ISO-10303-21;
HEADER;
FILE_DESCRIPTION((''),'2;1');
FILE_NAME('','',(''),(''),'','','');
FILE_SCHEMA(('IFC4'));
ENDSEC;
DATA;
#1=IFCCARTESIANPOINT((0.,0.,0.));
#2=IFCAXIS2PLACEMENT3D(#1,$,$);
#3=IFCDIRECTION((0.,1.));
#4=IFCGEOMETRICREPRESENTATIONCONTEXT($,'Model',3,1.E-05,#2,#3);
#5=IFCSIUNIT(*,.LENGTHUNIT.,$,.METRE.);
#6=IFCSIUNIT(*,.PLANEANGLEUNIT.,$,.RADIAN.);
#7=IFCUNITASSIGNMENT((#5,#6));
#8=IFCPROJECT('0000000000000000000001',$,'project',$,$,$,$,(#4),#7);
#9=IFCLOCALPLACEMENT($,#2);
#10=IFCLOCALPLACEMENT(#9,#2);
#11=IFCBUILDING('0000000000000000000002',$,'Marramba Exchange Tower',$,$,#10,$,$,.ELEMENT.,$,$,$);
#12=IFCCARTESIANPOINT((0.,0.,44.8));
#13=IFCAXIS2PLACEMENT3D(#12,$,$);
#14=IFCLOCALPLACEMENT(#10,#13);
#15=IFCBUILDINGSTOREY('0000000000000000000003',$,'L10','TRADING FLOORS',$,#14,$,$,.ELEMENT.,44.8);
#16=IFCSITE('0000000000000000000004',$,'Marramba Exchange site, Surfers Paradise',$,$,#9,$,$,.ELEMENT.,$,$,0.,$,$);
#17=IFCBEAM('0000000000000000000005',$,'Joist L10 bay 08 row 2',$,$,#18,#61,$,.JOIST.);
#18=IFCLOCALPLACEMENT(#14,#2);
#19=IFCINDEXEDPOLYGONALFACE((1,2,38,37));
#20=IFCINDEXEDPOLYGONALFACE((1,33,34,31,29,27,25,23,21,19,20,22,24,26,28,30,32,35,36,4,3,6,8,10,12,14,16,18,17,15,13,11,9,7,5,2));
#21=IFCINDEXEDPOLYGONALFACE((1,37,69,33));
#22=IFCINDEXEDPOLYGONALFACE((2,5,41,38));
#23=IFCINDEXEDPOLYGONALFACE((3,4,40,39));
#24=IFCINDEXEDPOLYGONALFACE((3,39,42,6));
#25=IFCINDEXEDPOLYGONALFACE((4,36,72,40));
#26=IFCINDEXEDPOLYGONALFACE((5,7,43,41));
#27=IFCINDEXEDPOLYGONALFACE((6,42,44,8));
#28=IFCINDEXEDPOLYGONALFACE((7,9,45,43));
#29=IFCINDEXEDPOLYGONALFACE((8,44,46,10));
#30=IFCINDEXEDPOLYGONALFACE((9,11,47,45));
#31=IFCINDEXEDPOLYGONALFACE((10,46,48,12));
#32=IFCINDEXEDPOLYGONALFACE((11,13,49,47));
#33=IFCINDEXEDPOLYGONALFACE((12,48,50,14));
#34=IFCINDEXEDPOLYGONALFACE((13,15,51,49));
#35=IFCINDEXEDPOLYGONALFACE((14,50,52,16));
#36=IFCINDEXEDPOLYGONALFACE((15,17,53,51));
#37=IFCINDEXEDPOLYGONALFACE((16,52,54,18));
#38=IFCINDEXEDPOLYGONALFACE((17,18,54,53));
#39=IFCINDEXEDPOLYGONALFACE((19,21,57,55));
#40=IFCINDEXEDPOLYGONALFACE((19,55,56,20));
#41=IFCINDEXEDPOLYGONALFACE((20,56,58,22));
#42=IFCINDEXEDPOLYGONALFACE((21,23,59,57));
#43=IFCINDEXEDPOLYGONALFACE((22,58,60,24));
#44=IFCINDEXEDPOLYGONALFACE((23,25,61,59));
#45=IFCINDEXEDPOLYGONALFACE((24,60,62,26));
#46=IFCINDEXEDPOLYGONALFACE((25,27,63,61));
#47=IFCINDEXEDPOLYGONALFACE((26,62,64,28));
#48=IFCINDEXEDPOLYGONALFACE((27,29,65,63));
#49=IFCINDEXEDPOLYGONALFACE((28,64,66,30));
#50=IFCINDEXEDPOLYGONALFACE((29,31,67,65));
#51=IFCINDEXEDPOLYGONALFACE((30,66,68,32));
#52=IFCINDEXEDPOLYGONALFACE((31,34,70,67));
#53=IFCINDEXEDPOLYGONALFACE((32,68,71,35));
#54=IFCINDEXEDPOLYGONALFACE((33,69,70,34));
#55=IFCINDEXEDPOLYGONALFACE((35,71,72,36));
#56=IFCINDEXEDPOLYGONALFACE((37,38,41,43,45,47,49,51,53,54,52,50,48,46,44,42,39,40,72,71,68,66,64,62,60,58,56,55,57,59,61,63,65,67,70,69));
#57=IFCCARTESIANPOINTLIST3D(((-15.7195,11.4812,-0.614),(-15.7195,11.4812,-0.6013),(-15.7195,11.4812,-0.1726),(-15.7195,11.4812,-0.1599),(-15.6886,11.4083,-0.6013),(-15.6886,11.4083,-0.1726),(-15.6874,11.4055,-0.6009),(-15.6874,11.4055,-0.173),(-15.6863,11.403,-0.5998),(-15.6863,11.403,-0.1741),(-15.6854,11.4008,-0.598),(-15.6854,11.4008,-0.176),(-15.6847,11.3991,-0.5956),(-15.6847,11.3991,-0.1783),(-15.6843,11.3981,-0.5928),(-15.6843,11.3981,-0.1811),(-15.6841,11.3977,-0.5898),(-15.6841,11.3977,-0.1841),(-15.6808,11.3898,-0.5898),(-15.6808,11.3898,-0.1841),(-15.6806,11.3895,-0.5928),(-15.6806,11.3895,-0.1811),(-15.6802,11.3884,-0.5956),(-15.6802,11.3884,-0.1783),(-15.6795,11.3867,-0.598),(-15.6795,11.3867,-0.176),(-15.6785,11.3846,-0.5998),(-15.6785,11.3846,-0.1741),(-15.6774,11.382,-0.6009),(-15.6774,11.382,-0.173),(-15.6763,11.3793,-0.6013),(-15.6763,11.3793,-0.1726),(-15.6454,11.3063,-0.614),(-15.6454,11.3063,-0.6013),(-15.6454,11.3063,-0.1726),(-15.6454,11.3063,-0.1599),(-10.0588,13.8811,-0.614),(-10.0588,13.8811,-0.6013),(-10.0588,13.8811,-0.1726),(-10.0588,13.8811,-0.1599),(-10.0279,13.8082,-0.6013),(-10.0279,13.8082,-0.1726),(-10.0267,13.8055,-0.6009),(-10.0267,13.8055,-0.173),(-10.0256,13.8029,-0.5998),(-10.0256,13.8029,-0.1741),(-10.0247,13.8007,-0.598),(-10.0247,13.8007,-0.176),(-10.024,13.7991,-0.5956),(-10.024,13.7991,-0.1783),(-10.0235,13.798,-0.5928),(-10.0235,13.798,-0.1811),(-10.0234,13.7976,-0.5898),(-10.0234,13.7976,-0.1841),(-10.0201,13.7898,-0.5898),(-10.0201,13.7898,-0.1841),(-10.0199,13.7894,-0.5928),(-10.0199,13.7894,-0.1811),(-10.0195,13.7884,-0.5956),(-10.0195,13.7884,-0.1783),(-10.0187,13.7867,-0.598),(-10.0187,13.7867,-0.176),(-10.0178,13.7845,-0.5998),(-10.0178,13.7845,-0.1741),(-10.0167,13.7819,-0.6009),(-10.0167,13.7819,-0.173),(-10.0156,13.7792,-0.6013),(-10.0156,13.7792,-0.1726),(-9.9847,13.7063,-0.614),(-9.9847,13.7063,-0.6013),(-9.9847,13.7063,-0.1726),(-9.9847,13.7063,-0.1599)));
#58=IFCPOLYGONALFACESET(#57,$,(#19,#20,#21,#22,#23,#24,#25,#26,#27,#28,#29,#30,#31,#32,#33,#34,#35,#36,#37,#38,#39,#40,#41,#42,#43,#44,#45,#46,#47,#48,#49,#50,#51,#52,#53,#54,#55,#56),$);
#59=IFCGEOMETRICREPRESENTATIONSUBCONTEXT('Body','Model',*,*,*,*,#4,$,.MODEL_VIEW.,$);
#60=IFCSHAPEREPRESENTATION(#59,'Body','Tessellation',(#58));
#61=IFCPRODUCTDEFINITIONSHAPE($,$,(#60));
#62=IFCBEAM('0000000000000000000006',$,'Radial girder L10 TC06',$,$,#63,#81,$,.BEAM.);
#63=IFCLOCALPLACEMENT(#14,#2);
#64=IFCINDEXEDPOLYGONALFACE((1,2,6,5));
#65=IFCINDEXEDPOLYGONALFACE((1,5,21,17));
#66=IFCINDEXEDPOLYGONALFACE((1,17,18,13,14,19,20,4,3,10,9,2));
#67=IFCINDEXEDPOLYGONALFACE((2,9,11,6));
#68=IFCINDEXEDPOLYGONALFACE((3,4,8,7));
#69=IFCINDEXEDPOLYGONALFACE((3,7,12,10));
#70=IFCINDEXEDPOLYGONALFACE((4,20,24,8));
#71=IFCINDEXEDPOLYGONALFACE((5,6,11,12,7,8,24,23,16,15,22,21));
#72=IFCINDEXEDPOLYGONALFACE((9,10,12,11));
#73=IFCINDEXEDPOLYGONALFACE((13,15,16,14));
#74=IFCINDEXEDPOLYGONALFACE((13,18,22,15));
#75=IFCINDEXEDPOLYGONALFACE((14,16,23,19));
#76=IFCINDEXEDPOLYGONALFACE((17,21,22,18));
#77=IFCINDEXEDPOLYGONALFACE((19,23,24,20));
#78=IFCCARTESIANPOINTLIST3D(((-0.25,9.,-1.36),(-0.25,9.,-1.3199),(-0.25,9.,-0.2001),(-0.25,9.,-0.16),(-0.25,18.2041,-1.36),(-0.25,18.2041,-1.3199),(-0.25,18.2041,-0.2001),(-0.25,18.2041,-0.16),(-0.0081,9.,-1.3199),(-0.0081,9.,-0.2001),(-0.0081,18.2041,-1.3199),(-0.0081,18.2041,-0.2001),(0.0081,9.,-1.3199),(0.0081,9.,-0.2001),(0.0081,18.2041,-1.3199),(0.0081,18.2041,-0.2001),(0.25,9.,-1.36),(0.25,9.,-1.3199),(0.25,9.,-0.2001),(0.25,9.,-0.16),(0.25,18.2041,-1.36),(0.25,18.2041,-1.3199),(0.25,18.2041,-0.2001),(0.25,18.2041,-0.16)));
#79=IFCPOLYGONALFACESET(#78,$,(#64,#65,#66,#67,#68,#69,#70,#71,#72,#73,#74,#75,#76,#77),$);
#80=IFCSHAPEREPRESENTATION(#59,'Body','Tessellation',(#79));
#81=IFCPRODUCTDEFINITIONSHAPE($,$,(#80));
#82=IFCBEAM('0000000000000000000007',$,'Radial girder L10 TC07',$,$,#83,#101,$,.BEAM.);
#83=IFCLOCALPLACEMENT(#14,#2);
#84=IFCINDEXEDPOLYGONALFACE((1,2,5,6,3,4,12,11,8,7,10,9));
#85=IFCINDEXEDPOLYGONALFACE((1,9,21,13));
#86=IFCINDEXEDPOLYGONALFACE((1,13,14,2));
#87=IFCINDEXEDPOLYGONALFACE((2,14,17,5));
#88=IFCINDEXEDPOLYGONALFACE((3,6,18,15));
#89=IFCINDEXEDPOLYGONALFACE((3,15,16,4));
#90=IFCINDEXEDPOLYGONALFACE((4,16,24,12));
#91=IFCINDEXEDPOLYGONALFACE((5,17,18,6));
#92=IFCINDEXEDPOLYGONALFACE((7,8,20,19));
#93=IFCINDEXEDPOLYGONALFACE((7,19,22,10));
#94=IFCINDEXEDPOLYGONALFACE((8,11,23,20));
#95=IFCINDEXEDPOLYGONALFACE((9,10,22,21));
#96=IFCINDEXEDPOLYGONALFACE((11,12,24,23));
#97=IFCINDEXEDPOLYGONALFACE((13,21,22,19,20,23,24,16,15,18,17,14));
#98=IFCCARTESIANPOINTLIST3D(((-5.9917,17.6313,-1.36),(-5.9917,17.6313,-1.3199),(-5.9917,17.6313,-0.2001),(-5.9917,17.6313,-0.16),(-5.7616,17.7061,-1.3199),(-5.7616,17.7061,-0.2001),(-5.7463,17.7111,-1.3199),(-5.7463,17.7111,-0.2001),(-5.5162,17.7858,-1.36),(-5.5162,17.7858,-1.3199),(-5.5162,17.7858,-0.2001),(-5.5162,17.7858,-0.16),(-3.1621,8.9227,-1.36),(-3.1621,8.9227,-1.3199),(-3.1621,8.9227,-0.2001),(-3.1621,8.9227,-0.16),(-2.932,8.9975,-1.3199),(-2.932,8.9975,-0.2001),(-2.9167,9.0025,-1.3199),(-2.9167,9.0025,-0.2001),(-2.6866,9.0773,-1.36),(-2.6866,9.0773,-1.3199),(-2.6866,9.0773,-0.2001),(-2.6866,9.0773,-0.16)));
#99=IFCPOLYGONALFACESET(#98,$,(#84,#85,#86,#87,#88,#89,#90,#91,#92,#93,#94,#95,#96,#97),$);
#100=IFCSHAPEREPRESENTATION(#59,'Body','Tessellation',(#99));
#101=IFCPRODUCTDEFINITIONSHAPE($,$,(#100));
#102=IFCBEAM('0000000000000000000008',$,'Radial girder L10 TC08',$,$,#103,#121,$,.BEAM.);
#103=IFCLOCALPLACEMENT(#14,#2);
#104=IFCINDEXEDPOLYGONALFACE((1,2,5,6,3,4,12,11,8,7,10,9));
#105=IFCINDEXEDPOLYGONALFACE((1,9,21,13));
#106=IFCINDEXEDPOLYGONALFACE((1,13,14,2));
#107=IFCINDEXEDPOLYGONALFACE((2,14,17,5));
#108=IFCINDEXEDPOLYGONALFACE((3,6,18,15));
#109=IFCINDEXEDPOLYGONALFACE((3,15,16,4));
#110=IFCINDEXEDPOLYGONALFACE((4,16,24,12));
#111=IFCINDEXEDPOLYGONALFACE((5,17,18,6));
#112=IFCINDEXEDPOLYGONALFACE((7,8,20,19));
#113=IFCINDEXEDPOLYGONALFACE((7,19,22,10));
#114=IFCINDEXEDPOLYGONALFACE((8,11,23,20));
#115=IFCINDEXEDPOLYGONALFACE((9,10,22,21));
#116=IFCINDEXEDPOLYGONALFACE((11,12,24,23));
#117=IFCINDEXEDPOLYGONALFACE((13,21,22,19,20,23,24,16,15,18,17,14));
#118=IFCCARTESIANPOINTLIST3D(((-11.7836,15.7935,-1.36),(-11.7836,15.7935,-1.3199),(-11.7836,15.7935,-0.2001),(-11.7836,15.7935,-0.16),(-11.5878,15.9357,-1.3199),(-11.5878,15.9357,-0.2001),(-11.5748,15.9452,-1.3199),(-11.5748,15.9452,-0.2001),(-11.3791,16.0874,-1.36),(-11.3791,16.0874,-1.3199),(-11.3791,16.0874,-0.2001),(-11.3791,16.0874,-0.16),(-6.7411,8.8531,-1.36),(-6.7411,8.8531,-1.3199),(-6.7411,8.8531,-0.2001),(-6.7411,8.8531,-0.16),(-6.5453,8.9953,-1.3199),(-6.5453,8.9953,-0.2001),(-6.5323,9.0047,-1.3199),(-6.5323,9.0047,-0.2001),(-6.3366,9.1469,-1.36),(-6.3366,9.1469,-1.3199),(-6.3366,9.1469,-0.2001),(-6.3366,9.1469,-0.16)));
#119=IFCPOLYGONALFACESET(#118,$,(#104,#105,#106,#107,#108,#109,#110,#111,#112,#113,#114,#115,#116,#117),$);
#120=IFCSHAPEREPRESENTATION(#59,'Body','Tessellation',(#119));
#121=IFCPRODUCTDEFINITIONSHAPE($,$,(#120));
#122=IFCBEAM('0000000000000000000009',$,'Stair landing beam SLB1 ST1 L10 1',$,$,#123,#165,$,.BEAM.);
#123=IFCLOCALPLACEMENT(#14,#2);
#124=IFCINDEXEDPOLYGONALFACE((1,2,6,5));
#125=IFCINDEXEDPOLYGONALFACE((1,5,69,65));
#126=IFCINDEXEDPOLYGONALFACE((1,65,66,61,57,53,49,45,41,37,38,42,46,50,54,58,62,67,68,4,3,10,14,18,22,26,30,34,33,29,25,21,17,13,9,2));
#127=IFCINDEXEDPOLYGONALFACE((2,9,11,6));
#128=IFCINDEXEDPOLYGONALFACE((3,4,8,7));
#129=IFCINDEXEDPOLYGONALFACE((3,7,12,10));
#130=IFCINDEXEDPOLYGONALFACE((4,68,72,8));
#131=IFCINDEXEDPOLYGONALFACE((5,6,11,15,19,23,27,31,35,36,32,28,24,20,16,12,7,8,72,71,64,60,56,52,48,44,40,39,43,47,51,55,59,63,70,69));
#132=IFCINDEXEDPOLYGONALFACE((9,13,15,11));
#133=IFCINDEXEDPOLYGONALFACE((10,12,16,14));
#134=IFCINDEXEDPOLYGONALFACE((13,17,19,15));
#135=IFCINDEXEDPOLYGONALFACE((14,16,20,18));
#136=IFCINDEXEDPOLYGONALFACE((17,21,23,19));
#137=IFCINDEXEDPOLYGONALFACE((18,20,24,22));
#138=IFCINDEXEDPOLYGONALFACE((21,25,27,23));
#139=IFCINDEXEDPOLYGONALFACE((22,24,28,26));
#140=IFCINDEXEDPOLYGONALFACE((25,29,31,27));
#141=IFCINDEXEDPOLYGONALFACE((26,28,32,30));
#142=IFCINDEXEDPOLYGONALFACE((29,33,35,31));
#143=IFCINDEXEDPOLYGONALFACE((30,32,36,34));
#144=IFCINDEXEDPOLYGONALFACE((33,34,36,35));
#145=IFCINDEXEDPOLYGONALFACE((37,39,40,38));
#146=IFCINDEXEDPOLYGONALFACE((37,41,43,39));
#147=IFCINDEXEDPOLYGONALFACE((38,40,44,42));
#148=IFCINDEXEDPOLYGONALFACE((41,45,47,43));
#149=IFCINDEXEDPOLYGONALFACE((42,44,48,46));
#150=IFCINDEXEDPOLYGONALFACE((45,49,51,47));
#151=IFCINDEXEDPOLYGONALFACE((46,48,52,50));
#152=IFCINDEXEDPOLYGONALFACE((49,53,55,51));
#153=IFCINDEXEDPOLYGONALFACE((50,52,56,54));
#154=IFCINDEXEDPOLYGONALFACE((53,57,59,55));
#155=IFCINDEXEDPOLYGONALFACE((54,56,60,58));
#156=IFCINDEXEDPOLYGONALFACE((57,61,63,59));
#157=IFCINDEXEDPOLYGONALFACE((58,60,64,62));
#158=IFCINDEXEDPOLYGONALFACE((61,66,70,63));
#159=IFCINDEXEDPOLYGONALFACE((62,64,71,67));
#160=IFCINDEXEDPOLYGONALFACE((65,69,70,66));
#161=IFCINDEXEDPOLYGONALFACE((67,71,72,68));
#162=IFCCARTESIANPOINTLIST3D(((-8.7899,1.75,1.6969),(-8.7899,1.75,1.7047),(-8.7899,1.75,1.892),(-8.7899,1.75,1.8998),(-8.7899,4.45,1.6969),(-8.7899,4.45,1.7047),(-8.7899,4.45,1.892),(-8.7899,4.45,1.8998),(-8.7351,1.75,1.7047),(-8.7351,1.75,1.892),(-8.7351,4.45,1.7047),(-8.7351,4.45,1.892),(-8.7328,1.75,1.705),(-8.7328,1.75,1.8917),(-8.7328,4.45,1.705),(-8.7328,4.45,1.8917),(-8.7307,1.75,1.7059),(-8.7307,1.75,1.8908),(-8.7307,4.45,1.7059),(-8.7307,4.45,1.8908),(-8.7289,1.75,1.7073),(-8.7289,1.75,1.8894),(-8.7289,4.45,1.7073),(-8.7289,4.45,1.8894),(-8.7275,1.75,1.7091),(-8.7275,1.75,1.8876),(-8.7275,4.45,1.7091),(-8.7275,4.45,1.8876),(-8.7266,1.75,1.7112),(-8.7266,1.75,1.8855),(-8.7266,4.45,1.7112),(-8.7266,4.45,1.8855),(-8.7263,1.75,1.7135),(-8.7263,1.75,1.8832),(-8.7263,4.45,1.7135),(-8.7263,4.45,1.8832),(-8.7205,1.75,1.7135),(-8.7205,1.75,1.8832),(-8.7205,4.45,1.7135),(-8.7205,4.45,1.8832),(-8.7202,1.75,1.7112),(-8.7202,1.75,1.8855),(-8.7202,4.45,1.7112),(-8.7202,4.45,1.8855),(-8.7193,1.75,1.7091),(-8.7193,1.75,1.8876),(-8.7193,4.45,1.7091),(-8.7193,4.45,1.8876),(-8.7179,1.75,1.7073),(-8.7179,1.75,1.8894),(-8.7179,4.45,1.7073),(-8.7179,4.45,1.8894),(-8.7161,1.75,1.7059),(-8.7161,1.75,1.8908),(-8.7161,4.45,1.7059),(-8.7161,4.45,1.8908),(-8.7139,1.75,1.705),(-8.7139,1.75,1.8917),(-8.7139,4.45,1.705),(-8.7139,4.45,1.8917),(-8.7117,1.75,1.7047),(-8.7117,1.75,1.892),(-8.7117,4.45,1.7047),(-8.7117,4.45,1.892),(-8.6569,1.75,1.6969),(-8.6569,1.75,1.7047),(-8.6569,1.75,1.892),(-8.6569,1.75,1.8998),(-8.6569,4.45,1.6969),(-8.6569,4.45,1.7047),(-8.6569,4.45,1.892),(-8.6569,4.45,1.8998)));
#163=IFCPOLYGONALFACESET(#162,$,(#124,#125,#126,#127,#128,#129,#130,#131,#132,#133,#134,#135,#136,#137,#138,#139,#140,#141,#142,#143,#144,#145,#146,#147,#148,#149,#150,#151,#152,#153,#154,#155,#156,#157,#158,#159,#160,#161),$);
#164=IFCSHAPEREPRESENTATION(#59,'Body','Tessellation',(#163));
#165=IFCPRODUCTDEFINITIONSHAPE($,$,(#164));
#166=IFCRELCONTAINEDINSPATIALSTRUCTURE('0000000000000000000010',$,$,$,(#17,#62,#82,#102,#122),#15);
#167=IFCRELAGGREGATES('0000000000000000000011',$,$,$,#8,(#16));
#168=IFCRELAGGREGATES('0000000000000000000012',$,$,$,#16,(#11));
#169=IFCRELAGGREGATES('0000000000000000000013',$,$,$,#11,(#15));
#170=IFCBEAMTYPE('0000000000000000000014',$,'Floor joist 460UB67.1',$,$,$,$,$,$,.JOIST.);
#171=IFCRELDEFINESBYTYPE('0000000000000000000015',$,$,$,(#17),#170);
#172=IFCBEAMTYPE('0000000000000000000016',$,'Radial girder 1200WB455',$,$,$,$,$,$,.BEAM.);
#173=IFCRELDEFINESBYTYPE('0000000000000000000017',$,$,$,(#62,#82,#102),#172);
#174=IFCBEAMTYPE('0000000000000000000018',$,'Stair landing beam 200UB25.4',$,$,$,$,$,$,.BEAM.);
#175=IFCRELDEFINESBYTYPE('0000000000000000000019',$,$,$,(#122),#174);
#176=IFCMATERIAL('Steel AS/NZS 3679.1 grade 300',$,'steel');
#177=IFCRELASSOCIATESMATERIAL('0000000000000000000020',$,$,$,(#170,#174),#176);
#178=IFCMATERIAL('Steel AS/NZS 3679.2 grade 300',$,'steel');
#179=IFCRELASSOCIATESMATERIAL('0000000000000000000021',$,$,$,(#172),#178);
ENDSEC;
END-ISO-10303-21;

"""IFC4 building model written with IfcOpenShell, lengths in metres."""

from ifc_helpers import new_model, si_unit, direction, frame, origin, origin_2d, place, context, subcontext, project, spatial, i_section, extrude, material, material_profile, profile_set, type_object, element, save


model = new_model("IFC4")

# Units and contexts
model_context = context("Model", 3, precision=1e-05, world=origin(), true_north=direction((0.0, 1.0)))
body_context = subcontext(model_context, "Body", "Model", "MODEL_VIEW")
ifc_project = project(units=[si_unit("LENGTHUNIT", "METRE"), si_unit("PLANEANGLEUNIT", "RADIAN")], contexts=[model_context])

# Site, building, storey
site_placement = place(None, origin())
site = spatial("IfcSite", under=ifc_project, at=site_placement, Name="Marramba Exchange site, Surfers Paradise", CompositionType="ELEMENT", RefElevation=0.0)
building_placement = place(site_placement, origin())
building = spatial("IfcBuilding", under=site, at=building_placement, Name="Marramba Exchange Tower", CompositionType="ELEMENT")
storey_placement = place(building_placement, frame((0.0, 0.0, 44.8)))
storey = spatial("IfcBuildingStorey", under=building, at=storey_placement, Name="L10", Description="TRADING FLOORS", CompositionType="ELEMENT", Elevation=44.8)

# Beams
ifc_material_1 = material(Name="Steel AS/NZS 3679.1 grade 300", Category="steel")
ifc_material_profile_1 = material_profile(ifc_material_1, i_section(OverallWidth=0.1899, OverallDepth=0.4541, WebThickness=0.0085, FlangeThickness=0.0127, FilletRadius=0.0115, at=origin_2d()), Name="460UB67.1")
ifc_profile_set_1 = profile_set([ifc_material_profile_1], Name="Steel AS/NZS 3679.1 grade 300")
beam_type_1 = type_object("IfcBeamType", Name="Floor joist 460UB67.1", PredefinedType="JOIST", material=ifc_profile_set_1)
beam_1_placement = place(storey_placement, frame((-10.0217, 13.7937, -0.387), z_axis=(-0.920674, -0.390332, 0.0), x_axis=(0.390332, -0.920674, 0.0)))
element("IfcBeam", 1, at=beam_1_placement, inside=storey, type_object=beam_type_1, Name="Joist L10 bay 08 row 2", PredefinedType="JOIST", context=body_context, shape_type="SweptSolid", body=[
    extrude(i_section(OverallWidth=0.1899, OverallDepth=0.4541, WebThickness=0.0085, FlangeThickness=0.0127, FilletRadius=0.0115, at=origin_2d()), origin(), (0.0, 0.0, 1.0), 6.1484),
])
ifc_material_2 = material(Name="Steel AS/NZS 3679.2 grade 300", Category="steel")
ifc_material_profile_2 = material_profile(ifc_material_2, i_section(OverallWidth=0.5, OverallDepth=1.2, WebThickness=0.0161, FlangeThickness=0.04, at=origin_2d()), Name="1200WB455")
ifc_profile_set_2 = profile_set([ifc_material_profile_2], Name="Steel AS/NZS 3679.2 grade 300")
beam_type_2 = type_object("IfcBeamType", Name="Radial girder 1200WB455", PredefinedType="BEAM", material=ifc_profile_set_2)
beam_2_placement = place(storey_placement, frame((0.0, 9.0, -0.76), z_axis=(0.0, 1.0, 0.0), x_axis=(-1.0, 0.0, 0.0)))
element("IfcBeam", 2, at=beam_2_placement, inside=storey, type_object=beam_type_2, Name="Radial girder L10 TC06", PredefinedType="BEAM", context=body_context, shape_type="SweptSolid", body=[
    extrude(i_section(OverallWidth=0.5, OverallDepth=1.2, WebThickness=0.0161, FlangeThickness=0.04, at=origin_2d()), origin(), (0.0, 0.0, 1.0), 9.2041),
])
beam_3_placement = place(storey_placement, frame((-2.9243, 9.0, -0.76), z_axis=(-0.30902, 0.951056, 0.0), x_axis=(-0.951056, -0.30902, 0.0)))
element("IfcBeam", 3, at=beam_3_placement, inside=storey, type_object=beam_type_2, Name="Radial girder L10 TC07", PredefinedType="BEAM", context=body_context, shape_type="SweptSolid", body=[
    extrude(i_section(OverallWidth=0.5, OverallDepth=1.2, WebThickness=0.0161, FlangeThickness=0.04, at=origin_2d()), origin(), (0.0, 0.0, 1.0), 9.1567),
])
beam_4_placement = place(storey_placement, frame((-6.5388, 9.0, -0.76), z_axis=(-0.587782, 0.809019, 0.0), x_axis=(-0.809019, -0.587782, 0.0)))
element("IfcBeam", 4, at=beam_4_placement, inside=storey, type_object=beam_type_2, Name="Radial girder L10 TC08", PredefinedType="BEAM", context=body_context, shape_type="SweptSolid", body=[
    extrude(i_section(OverallWidth=0.5, OverallDepth=1.2, WebThickness=0.0161, FlangeThickness=0.04, at=origin_2d()), origin(), (0.0, 0.0, 1.0), 8.5789),
])
ifc_material_profile_3 = material_profile(ifc_material_1, i_section(OverallWidth=0.1331, OverallDepth=0.2029, WebThickness=0.0059, FlangeThickness=0.0078, FilletRadius=0.0088, at=origin_2d()), Name="200UB25.4")
ifc_profile_set_3 = profile_set([ifc_material_profile_3], Name="Steel AS/NZS 3679.1 grade 300")
beam_type_3 = type_object("IfcBeamType", Name="Stair landing beam 200UB25.4", PredefinedType="BEAM", material=ifc_profile_set_3)
for number, where, z_axis, x_axis, name in (
    (5, (-8.7234, 1.75, 1.7983), (0.0, 1.0, 0.0), (-1.0, 0.0, 0.0), "Stair landing beam SLB1 ST1 L10 1"),
):
    element("IfcBeam", number, at=place(storey_placement, frame(where, z_axis=z_axis, x_axis=x_axis)), inside=storey, type_object=beam_type_3, Name=name, PredefinedType="BEAM", context=body_context, shape_type="SweptSolid", body=[
        extrude(i_section(OverallWidth=0.1331, OverallDepth=0.2029, WebThickness=0.0059, FlangeThickness=0.0078, FilletRadius=0.0088, at=origin_2d()), origin(), (0.0, 0.0, 1.0), 2.7),
    ])

save(model, "model.ifc")
